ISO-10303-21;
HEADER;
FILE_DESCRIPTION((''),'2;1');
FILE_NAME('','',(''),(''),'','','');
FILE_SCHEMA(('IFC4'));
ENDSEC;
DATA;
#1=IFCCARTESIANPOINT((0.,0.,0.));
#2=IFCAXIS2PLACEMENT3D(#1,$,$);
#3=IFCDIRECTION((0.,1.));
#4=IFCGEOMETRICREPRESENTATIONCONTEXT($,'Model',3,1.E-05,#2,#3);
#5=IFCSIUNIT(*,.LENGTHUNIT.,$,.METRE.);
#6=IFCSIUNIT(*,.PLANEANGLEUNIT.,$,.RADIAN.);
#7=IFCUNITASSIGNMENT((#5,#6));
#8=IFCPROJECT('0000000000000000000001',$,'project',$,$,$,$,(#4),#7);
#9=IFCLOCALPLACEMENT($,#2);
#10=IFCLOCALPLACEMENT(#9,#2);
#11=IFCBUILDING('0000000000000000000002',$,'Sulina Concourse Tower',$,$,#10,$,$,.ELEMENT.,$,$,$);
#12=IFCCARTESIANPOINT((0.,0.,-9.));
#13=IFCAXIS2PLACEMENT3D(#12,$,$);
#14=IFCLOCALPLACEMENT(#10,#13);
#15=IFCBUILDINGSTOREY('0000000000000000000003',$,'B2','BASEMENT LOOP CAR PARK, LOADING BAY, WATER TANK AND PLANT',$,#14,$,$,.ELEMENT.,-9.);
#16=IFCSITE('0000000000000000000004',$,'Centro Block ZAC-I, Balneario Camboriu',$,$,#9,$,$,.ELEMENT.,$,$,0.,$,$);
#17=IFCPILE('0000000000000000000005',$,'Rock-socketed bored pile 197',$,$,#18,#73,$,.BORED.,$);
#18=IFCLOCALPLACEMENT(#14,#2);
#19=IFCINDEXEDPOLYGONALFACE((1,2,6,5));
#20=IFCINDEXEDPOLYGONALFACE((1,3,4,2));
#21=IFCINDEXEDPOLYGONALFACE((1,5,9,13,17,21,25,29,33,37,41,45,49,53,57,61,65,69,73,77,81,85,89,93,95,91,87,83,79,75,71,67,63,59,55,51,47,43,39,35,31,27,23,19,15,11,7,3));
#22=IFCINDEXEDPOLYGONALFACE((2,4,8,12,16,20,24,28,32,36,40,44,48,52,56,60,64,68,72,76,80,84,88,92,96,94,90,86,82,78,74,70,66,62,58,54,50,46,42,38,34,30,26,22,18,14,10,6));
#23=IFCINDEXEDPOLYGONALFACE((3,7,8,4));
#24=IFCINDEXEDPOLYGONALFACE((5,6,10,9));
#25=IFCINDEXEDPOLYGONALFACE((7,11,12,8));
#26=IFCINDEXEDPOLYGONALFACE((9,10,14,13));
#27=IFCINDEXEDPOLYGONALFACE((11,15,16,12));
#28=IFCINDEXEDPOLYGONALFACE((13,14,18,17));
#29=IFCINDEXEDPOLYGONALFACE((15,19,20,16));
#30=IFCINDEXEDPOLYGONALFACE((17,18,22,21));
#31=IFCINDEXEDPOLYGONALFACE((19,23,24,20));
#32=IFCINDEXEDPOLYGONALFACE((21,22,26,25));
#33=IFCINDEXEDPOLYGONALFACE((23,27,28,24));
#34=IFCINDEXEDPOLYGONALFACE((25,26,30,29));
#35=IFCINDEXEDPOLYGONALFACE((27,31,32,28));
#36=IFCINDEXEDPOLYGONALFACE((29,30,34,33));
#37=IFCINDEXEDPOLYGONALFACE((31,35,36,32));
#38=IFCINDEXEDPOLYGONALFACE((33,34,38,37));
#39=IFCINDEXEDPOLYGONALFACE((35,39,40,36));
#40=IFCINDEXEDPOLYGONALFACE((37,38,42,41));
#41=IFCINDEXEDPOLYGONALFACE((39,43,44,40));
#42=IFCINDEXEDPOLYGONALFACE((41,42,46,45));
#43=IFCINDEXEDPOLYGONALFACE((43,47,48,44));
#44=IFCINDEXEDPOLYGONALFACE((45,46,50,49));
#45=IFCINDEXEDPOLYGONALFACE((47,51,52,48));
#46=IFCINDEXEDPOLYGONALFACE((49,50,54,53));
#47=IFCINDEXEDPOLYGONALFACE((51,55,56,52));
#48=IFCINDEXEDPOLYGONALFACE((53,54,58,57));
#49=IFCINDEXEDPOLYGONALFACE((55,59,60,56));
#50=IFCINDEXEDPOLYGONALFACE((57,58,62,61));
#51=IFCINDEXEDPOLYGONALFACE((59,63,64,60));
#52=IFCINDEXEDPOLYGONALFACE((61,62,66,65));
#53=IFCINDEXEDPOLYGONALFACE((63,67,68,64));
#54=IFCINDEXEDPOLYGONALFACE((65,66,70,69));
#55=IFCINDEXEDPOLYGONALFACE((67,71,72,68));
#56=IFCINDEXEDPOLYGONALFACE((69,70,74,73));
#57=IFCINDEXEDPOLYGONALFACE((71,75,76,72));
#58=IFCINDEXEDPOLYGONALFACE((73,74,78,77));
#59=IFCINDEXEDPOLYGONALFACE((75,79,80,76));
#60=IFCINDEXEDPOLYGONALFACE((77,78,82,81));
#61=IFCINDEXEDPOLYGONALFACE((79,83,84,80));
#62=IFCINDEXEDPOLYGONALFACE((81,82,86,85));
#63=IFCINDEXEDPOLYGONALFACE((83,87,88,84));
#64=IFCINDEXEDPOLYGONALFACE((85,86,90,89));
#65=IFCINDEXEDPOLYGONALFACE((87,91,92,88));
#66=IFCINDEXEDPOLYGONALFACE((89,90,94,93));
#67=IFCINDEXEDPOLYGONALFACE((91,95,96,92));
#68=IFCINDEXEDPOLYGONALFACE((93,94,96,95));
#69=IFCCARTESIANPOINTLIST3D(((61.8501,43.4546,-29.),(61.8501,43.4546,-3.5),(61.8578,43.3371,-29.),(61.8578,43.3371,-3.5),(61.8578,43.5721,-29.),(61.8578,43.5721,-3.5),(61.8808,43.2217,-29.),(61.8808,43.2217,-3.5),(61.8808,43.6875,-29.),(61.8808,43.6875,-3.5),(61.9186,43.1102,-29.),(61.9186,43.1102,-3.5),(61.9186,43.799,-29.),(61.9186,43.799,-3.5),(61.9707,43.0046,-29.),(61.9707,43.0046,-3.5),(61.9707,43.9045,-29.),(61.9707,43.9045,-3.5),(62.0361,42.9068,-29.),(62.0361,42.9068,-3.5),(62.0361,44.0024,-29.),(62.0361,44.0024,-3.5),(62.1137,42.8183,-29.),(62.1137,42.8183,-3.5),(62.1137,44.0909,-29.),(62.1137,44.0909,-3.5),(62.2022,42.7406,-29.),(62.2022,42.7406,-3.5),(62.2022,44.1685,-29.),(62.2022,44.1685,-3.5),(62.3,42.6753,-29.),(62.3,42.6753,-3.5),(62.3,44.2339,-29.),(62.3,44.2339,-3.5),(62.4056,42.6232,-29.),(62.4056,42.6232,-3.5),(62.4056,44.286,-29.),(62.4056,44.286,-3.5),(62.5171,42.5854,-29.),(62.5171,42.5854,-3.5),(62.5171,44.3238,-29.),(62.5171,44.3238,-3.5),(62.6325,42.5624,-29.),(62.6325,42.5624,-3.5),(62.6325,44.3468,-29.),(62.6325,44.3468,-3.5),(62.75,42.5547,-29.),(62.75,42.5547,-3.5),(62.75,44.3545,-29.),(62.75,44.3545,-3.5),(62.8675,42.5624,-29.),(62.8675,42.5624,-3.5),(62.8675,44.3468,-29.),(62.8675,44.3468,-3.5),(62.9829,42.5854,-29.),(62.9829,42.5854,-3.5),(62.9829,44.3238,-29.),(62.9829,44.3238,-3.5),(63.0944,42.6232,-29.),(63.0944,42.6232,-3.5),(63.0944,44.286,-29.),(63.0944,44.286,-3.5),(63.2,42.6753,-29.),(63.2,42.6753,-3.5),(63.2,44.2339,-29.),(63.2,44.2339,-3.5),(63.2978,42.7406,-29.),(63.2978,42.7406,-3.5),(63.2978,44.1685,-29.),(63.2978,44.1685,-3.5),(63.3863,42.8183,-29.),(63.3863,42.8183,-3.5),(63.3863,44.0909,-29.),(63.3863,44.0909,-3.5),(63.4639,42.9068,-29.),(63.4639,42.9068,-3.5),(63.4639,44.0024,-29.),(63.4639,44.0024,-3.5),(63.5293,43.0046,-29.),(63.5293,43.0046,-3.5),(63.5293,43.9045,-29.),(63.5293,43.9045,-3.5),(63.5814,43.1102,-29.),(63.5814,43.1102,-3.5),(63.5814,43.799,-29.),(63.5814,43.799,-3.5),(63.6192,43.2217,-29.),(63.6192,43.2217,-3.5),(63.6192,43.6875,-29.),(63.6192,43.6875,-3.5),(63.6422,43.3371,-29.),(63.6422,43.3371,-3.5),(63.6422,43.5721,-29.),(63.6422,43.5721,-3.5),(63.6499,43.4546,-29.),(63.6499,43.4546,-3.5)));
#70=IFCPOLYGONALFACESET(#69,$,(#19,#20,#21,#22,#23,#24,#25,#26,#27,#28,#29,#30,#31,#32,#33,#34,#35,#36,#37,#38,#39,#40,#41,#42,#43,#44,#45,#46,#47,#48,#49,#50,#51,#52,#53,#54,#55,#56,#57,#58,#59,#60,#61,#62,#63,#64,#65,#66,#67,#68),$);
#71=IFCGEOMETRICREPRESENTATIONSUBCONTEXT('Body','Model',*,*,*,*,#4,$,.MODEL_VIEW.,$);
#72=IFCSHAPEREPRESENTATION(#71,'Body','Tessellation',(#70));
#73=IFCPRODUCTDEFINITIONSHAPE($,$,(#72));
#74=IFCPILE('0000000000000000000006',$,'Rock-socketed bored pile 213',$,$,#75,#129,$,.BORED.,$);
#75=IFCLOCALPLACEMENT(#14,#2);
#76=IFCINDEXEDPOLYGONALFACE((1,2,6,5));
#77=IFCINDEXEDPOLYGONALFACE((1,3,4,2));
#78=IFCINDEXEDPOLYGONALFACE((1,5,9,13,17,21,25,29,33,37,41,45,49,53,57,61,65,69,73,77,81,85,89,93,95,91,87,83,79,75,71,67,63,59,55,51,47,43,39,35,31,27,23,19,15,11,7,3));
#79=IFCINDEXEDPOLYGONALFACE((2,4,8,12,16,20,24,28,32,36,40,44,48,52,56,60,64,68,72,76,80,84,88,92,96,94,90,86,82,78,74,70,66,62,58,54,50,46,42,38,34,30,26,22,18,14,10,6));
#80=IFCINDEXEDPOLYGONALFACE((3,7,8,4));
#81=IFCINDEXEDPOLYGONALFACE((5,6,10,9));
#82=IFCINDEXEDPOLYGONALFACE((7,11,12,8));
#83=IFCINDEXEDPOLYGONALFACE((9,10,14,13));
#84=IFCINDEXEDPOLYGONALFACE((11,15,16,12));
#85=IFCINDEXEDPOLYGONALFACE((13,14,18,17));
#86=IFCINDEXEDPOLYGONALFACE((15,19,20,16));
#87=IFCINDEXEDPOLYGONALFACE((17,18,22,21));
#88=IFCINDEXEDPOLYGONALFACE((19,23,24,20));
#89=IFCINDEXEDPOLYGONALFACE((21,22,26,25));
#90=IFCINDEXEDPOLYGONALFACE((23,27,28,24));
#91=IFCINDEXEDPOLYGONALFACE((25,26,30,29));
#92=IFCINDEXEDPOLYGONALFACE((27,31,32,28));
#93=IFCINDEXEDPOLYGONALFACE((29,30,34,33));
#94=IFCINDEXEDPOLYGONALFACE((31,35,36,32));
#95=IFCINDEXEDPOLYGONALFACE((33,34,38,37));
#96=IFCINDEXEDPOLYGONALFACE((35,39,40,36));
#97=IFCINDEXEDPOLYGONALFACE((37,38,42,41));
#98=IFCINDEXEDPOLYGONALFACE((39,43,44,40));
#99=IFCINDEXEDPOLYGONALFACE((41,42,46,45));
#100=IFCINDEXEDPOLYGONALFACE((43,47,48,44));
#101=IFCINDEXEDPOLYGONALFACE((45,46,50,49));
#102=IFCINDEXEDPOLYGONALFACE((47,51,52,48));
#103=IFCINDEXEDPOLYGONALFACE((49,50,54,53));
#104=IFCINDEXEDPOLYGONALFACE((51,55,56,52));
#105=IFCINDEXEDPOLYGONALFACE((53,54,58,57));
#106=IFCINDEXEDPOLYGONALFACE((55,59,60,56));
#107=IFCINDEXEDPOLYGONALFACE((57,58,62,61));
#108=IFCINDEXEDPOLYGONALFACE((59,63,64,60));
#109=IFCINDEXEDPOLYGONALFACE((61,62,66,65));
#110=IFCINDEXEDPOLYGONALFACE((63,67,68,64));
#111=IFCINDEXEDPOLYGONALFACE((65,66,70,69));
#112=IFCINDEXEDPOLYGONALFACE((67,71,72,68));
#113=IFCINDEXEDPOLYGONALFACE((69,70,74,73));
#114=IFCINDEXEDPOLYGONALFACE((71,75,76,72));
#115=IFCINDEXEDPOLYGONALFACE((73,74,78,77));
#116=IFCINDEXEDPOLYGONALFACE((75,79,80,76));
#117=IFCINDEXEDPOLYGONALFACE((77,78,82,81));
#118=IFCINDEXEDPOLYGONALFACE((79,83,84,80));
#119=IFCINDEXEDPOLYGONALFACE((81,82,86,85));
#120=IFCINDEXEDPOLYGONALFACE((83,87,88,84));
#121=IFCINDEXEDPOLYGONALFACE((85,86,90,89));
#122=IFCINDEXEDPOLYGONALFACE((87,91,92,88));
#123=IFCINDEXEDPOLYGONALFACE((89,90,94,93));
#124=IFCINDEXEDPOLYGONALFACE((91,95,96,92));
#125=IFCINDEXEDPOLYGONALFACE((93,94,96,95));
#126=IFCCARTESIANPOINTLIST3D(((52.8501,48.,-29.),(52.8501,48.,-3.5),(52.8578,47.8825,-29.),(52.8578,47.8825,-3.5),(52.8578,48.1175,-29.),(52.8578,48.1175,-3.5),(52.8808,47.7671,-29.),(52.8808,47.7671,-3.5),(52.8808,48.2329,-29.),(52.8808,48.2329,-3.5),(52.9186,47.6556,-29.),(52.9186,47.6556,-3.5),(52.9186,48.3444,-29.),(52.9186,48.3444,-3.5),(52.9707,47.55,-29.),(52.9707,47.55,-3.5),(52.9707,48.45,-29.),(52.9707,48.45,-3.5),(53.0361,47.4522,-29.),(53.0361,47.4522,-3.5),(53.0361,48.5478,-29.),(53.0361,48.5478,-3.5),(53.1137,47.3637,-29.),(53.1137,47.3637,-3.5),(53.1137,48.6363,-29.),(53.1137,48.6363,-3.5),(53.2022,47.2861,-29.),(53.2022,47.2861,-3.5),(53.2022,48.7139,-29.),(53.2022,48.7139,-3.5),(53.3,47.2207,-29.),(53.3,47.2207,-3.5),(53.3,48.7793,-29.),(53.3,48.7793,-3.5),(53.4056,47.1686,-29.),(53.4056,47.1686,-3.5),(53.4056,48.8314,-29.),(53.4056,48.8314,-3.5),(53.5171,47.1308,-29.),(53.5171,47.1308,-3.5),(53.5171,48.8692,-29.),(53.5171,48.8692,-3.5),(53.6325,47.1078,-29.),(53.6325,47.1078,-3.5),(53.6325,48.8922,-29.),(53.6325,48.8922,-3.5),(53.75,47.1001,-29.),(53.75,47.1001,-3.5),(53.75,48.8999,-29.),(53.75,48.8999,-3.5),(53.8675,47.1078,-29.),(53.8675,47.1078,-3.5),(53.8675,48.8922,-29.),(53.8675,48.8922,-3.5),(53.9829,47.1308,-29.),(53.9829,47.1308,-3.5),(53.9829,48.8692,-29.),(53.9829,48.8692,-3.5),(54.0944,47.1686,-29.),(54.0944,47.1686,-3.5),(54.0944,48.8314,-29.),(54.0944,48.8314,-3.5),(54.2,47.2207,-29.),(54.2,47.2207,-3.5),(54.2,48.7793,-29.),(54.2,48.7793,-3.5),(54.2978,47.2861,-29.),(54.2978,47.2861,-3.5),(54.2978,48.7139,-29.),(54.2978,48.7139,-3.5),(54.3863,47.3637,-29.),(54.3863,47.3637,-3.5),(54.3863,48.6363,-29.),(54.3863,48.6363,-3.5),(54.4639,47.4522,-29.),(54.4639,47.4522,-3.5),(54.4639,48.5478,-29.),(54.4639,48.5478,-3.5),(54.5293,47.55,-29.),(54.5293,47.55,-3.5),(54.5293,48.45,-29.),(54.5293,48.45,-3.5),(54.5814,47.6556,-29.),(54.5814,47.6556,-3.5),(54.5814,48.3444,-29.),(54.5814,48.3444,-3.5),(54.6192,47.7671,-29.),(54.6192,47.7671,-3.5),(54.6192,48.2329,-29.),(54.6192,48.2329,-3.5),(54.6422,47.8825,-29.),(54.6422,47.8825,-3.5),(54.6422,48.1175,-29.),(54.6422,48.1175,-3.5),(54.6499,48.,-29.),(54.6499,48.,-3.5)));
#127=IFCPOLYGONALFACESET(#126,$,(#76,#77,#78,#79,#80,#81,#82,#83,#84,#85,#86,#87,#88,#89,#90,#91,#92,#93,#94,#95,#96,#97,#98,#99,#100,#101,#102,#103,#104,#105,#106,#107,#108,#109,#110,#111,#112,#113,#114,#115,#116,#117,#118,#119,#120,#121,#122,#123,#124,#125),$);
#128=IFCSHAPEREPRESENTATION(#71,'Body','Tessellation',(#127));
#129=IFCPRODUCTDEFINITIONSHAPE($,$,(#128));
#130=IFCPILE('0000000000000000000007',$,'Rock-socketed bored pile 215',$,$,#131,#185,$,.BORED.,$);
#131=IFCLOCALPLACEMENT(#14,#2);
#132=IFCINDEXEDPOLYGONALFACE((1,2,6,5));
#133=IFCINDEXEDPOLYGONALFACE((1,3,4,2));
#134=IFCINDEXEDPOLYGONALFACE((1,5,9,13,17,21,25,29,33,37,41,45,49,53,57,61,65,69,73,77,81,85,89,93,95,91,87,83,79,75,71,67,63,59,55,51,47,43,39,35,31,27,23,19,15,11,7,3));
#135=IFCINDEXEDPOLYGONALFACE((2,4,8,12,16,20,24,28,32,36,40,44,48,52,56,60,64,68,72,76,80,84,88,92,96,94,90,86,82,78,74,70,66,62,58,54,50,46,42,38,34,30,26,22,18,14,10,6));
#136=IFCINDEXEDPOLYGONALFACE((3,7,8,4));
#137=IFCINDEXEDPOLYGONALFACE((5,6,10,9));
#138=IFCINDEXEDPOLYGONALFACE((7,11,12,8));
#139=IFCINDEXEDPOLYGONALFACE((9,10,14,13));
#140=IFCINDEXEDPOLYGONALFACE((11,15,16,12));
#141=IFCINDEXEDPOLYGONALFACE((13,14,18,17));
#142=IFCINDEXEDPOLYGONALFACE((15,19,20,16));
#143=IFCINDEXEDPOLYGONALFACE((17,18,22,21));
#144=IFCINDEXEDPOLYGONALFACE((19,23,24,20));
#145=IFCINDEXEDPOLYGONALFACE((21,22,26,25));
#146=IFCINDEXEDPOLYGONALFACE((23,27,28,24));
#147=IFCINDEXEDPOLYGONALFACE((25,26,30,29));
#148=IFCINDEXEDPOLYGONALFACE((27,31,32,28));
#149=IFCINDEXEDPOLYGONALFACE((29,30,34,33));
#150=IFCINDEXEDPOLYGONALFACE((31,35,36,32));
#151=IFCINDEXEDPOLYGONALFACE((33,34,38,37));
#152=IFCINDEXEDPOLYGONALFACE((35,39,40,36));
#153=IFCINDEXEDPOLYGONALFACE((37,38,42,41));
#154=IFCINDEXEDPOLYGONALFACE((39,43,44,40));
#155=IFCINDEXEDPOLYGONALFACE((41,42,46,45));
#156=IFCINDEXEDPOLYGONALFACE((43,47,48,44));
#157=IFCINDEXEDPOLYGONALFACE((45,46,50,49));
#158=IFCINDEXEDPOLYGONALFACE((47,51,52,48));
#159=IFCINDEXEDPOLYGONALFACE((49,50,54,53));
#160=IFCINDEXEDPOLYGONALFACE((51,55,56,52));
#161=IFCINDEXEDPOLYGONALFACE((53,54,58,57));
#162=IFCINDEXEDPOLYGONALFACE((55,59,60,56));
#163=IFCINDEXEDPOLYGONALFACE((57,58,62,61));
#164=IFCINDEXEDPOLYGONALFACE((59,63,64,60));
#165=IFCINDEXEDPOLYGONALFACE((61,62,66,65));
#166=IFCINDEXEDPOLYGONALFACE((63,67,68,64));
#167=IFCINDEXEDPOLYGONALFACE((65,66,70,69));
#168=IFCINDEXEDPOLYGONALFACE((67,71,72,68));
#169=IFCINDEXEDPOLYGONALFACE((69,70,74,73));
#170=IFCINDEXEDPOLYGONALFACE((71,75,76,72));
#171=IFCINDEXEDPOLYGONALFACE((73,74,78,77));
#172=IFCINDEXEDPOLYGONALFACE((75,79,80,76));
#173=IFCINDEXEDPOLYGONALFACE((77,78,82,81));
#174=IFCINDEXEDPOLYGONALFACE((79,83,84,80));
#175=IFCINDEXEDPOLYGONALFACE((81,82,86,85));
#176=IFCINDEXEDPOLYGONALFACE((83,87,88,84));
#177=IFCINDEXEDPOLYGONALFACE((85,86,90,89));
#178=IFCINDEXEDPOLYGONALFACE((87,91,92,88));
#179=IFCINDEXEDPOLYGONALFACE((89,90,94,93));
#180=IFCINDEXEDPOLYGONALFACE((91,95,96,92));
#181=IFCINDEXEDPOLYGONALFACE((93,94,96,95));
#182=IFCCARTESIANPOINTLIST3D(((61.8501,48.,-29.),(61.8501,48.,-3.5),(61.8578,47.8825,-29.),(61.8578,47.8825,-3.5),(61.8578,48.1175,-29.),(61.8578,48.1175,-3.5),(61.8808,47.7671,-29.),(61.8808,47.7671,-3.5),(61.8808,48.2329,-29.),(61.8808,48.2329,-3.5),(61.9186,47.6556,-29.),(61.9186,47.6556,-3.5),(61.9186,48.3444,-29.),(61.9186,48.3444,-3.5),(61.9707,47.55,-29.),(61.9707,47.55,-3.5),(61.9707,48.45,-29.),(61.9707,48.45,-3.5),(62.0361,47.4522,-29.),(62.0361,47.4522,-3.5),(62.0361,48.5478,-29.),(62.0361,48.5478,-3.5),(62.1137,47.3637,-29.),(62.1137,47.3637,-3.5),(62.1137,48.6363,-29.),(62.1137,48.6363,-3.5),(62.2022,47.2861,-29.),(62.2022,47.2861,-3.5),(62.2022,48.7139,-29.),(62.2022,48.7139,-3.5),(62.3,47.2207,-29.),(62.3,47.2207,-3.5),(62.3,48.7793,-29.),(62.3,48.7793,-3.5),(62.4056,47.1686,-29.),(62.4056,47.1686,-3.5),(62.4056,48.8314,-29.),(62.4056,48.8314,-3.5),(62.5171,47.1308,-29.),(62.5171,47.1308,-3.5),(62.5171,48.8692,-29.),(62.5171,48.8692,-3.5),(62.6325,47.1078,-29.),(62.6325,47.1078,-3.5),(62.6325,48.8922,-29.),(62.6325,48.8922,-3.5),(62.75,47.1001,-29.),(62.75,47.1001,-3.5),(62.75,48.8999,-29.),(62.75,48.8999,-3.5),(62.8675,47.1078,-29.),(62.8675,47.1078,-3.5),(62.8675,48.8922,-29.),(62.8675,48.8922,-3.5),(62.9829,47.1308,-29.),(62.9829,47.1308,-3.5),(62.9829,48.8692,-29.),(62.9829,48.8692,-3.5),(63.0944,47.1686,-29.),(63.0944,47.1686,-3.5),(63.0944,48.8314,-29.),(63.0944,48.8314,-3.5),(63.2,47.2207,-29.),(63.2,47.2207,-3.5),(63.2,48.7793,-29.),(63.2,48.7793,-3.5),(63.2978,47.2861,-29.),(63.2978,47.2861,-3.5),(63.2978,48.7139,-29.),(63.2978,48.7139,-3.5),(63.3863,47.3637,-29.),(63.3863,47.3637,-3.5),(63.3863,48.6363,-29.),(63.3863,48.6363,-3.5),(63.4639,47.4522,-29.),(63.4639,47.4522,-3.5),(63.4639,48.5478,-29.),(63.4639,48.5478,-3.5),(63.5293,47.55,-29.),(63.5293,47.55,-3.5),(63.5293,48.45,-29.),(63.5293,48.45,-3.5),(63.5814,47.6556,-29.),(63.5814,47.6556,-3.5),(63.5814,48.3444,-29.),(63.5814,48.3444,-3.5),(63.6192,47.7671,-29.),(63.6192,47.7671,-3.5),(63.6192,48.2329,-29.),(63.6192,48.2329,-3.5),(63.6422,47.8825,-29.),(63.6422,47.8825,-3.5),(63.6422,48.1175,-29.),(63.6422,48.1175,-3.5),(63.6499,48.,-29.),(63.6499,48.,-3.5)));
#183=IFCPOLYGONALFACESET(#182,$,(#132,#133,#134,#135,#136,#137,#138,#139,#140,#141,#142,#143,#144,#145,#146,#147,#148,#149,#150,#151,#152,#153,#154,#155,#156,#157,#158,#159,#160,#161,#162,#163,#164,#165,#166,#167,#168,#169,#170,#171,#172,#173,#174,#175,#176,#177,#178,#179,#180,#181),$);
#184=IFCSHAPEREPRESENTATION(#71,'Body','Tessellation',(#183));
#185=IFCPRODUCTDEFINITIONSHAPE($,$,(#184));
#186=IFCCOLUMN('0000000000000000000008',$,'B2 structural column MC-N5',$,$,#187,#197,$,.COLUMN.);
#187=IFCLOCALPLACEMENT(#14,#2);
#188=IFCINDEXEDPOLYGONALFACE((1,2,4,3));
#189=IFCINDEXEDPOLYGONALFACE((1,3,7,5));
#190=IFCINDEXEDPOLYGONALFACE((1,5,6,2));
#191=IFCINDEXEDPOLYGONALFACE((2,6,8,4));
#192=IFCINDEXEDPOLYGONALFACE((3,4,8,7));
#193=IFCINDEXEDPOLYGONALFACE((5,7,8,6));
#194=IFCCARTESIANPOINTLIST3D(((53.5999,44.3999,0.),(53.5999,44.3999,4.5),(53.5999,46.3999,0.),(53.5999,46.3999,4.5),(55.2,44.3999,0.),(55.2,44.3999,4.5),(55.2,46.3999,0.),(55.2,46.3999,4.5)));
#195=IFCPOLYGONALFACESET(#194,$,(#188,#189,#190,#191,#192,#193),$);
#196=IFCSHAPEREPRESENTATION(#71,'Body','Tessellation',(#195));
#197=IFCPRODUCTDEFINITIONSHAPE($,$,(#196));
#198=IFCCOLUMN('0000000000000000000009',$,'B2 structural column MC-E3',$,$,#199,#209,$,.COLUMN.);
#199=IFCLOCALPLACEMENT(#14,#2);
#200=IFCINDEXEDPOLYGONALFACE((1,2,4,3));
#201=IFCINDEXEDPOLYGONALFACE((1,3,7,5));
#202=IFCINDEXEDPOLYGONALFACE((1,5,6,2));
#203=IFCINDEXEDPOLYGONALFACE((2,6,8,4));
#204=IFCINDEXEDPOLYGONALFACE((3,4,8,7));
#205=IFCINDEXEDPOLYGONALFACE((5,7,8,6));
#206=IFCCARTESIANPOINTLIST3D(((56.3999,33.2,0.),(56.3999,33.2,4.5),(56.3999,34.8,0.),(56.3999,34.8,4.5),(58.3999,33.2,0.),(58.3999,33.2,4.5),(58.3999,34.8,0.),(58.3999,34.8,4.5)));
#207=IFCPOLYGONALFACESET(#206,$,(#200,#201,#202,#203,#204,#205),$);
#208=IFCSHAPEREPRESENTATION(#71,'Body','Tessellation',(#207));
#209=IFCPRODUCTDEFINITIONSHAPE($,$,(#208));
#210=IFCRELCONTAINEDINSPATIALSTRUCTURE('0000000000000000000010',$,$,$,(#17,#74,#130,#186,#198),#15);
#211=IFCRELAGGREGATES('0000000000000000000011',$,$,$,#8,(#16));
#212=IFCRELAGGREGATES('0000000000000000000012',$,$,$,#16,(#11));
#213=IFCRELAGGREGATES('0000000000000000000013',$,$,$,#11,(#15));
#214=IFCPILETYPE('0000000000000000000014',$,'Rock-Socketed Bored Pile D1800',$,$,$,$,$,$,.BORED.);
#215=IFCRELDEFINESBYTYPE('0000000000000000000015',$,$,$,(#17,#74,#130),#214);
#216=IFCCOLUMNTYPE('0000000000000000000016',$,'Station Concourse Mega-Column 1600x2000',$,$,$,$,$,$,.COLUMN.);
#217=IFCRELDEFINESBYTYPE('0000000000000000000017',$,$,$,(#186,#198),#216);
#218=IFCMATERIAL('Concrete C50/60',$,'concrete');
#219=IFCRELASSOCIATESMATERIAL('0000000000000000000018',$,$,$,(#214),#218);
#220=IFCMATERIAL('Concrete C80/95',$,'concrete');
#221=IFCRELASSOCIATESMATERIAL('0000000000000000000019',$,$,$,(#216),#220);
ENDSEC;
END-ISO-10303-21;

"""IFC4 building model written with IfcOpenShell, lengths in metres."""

from ifc_helpers import new_model, si_unit, direction, frame, origin, origin_2d, place, context, subcontext, project, spatial, rectangle, circle, extrude, material, material_profile, profile_set, type_object, element, save


model = new_model("IFC4")

# Units and contexts
model_context = context("Model", 3, precision=1e-05, world=origin(), true_north=direction((0.0, 1.0)))
body_context = subcontext(model_context, "Body", "Model", "MODEL_VIEW")
ifc_project = project(units=[si_unit("LENGTHUNIT", "METRE"), si_unit("PLANEANGLEUNIT", "RADIAN")], contexts=[model_context])

# Site, building, storey
site_placement = place(None, origin())
site = spatial("IfcSite", under=ifc_project, at=site_placement, Name="Centro Block ZAC-I, Balneario Camboriu", CompositionType="ELEMENT", RefElevation=0.0)
building_placement = place(site_placement, origin())
building = spatial("IfcBuilding", under=site, at=building_placement, Name="Sulina Concourse Tower", CompositionType="ELEMENT")
storey_placement = place(building_placement, frame((0.0, 0.0, -9.0)))
storey = spatial("IfcBuildingStorey", under=building, at=storey_placement, Name="B2", Description="BASEMENT LOOP CAR PARK, LOADING BAY, WATER TANK AND PLANT", CompositionType="ELEMENT", Elevation=-9.0)

# Piles
ifc_material_1 = material(Name="Concrete C50/60", Category="concrete")
ifc_material_profile_1 = material_profile(ifc_material_1, circle(Radius=0.8999, at=origin_2d()), Name="PILE D1800")
ifc_profile_set_1 = profile_set([ifc_material_profile_1], Name="Concrete C50/60")
pile_type_1 = type_object("IfcPileType", Name="Rock-Socketed Bored Pile D1800", PredefinedType="BORED", material=ifc_profile_set_1)
for number, where, z_axis, x_axis, name in (
    (1, (62.75, 43.4546, -3.5), (0.0, 0.0, -1.0), (1.0, 0.0, 0.0), "Rock-socketed bored pile 197"),
    (2, (53.75, 48.0, -3.5), (0.0, 0.0, -1.0), (1.0, 0.0, 0.0), "Rock-socketed bored pile 213"),
    (3, (62.75, 48.0, -3.5), (0.0, 0.0, -1.0), (1.0, 0.0, 0.0), "Rock-socketed bored pile 215"),
):
    element("IfcPile", number, at=place(storey_placement, frame(where, z_axis=z_axis, x_axis=x_axis)), inside=storey, type_object=pile_type_1, Name=name, PredefinedType="BORED", context=body_context, shape_type="SweptSolid", body=[
        extrude(circle(Radius=0.8999, at=origin_2d()), origin(), (0.0, 0.0, 1.0), 25.5),
    ])

# Columns
ifc_material_2 = material(Name="Concrete C80/95", Category="concrete")
ifc_material_profile_2 = material_profile(ifc_material_2, rectangle(XDim=1.6001, YDim=2.0, at=origin_2d()), Name="RC 1600x2000")
ifc_profile_set_2 = profile_set([ifc_material_profile_2], Name="Concrete C80/95")
column_type = type_object("IfcColumnType", Name="Station Concourse Mega-Column 1600x2000", PredefinedType="COLUMN", material=ifc_profile_set_2)
for number, where, z_axis, x_axis, name in (
    (4, (54.3999, 45.3999, 0.0), (0.0, 0.0, 1.0), (1.0, 0.0, 0.0), "B2 structural column MC-N5"),
    (5, (57.3999, 34.0, 0.0), (0.0, 0.0, 1.0), (0.0, 1.0, 0.0), "B2 structural column MC-E3"),
):
    element("IfcColumn", number, at=place(storey_placement, frame(where, z_axis=z_axis, x_axis=x_axis)), inside=storey, type_object=column_type, Name=name, PredefinedType="COLUMN", context=body_context, shape_type="SweptSolid", body=[
        extrude(rectangle(XDim=1.6001, YDim=2.0, at=origin_2d()), origin(), (0.0, 0.0, 1.0), 4.5),
    ])

save(model, "model.ifc")
